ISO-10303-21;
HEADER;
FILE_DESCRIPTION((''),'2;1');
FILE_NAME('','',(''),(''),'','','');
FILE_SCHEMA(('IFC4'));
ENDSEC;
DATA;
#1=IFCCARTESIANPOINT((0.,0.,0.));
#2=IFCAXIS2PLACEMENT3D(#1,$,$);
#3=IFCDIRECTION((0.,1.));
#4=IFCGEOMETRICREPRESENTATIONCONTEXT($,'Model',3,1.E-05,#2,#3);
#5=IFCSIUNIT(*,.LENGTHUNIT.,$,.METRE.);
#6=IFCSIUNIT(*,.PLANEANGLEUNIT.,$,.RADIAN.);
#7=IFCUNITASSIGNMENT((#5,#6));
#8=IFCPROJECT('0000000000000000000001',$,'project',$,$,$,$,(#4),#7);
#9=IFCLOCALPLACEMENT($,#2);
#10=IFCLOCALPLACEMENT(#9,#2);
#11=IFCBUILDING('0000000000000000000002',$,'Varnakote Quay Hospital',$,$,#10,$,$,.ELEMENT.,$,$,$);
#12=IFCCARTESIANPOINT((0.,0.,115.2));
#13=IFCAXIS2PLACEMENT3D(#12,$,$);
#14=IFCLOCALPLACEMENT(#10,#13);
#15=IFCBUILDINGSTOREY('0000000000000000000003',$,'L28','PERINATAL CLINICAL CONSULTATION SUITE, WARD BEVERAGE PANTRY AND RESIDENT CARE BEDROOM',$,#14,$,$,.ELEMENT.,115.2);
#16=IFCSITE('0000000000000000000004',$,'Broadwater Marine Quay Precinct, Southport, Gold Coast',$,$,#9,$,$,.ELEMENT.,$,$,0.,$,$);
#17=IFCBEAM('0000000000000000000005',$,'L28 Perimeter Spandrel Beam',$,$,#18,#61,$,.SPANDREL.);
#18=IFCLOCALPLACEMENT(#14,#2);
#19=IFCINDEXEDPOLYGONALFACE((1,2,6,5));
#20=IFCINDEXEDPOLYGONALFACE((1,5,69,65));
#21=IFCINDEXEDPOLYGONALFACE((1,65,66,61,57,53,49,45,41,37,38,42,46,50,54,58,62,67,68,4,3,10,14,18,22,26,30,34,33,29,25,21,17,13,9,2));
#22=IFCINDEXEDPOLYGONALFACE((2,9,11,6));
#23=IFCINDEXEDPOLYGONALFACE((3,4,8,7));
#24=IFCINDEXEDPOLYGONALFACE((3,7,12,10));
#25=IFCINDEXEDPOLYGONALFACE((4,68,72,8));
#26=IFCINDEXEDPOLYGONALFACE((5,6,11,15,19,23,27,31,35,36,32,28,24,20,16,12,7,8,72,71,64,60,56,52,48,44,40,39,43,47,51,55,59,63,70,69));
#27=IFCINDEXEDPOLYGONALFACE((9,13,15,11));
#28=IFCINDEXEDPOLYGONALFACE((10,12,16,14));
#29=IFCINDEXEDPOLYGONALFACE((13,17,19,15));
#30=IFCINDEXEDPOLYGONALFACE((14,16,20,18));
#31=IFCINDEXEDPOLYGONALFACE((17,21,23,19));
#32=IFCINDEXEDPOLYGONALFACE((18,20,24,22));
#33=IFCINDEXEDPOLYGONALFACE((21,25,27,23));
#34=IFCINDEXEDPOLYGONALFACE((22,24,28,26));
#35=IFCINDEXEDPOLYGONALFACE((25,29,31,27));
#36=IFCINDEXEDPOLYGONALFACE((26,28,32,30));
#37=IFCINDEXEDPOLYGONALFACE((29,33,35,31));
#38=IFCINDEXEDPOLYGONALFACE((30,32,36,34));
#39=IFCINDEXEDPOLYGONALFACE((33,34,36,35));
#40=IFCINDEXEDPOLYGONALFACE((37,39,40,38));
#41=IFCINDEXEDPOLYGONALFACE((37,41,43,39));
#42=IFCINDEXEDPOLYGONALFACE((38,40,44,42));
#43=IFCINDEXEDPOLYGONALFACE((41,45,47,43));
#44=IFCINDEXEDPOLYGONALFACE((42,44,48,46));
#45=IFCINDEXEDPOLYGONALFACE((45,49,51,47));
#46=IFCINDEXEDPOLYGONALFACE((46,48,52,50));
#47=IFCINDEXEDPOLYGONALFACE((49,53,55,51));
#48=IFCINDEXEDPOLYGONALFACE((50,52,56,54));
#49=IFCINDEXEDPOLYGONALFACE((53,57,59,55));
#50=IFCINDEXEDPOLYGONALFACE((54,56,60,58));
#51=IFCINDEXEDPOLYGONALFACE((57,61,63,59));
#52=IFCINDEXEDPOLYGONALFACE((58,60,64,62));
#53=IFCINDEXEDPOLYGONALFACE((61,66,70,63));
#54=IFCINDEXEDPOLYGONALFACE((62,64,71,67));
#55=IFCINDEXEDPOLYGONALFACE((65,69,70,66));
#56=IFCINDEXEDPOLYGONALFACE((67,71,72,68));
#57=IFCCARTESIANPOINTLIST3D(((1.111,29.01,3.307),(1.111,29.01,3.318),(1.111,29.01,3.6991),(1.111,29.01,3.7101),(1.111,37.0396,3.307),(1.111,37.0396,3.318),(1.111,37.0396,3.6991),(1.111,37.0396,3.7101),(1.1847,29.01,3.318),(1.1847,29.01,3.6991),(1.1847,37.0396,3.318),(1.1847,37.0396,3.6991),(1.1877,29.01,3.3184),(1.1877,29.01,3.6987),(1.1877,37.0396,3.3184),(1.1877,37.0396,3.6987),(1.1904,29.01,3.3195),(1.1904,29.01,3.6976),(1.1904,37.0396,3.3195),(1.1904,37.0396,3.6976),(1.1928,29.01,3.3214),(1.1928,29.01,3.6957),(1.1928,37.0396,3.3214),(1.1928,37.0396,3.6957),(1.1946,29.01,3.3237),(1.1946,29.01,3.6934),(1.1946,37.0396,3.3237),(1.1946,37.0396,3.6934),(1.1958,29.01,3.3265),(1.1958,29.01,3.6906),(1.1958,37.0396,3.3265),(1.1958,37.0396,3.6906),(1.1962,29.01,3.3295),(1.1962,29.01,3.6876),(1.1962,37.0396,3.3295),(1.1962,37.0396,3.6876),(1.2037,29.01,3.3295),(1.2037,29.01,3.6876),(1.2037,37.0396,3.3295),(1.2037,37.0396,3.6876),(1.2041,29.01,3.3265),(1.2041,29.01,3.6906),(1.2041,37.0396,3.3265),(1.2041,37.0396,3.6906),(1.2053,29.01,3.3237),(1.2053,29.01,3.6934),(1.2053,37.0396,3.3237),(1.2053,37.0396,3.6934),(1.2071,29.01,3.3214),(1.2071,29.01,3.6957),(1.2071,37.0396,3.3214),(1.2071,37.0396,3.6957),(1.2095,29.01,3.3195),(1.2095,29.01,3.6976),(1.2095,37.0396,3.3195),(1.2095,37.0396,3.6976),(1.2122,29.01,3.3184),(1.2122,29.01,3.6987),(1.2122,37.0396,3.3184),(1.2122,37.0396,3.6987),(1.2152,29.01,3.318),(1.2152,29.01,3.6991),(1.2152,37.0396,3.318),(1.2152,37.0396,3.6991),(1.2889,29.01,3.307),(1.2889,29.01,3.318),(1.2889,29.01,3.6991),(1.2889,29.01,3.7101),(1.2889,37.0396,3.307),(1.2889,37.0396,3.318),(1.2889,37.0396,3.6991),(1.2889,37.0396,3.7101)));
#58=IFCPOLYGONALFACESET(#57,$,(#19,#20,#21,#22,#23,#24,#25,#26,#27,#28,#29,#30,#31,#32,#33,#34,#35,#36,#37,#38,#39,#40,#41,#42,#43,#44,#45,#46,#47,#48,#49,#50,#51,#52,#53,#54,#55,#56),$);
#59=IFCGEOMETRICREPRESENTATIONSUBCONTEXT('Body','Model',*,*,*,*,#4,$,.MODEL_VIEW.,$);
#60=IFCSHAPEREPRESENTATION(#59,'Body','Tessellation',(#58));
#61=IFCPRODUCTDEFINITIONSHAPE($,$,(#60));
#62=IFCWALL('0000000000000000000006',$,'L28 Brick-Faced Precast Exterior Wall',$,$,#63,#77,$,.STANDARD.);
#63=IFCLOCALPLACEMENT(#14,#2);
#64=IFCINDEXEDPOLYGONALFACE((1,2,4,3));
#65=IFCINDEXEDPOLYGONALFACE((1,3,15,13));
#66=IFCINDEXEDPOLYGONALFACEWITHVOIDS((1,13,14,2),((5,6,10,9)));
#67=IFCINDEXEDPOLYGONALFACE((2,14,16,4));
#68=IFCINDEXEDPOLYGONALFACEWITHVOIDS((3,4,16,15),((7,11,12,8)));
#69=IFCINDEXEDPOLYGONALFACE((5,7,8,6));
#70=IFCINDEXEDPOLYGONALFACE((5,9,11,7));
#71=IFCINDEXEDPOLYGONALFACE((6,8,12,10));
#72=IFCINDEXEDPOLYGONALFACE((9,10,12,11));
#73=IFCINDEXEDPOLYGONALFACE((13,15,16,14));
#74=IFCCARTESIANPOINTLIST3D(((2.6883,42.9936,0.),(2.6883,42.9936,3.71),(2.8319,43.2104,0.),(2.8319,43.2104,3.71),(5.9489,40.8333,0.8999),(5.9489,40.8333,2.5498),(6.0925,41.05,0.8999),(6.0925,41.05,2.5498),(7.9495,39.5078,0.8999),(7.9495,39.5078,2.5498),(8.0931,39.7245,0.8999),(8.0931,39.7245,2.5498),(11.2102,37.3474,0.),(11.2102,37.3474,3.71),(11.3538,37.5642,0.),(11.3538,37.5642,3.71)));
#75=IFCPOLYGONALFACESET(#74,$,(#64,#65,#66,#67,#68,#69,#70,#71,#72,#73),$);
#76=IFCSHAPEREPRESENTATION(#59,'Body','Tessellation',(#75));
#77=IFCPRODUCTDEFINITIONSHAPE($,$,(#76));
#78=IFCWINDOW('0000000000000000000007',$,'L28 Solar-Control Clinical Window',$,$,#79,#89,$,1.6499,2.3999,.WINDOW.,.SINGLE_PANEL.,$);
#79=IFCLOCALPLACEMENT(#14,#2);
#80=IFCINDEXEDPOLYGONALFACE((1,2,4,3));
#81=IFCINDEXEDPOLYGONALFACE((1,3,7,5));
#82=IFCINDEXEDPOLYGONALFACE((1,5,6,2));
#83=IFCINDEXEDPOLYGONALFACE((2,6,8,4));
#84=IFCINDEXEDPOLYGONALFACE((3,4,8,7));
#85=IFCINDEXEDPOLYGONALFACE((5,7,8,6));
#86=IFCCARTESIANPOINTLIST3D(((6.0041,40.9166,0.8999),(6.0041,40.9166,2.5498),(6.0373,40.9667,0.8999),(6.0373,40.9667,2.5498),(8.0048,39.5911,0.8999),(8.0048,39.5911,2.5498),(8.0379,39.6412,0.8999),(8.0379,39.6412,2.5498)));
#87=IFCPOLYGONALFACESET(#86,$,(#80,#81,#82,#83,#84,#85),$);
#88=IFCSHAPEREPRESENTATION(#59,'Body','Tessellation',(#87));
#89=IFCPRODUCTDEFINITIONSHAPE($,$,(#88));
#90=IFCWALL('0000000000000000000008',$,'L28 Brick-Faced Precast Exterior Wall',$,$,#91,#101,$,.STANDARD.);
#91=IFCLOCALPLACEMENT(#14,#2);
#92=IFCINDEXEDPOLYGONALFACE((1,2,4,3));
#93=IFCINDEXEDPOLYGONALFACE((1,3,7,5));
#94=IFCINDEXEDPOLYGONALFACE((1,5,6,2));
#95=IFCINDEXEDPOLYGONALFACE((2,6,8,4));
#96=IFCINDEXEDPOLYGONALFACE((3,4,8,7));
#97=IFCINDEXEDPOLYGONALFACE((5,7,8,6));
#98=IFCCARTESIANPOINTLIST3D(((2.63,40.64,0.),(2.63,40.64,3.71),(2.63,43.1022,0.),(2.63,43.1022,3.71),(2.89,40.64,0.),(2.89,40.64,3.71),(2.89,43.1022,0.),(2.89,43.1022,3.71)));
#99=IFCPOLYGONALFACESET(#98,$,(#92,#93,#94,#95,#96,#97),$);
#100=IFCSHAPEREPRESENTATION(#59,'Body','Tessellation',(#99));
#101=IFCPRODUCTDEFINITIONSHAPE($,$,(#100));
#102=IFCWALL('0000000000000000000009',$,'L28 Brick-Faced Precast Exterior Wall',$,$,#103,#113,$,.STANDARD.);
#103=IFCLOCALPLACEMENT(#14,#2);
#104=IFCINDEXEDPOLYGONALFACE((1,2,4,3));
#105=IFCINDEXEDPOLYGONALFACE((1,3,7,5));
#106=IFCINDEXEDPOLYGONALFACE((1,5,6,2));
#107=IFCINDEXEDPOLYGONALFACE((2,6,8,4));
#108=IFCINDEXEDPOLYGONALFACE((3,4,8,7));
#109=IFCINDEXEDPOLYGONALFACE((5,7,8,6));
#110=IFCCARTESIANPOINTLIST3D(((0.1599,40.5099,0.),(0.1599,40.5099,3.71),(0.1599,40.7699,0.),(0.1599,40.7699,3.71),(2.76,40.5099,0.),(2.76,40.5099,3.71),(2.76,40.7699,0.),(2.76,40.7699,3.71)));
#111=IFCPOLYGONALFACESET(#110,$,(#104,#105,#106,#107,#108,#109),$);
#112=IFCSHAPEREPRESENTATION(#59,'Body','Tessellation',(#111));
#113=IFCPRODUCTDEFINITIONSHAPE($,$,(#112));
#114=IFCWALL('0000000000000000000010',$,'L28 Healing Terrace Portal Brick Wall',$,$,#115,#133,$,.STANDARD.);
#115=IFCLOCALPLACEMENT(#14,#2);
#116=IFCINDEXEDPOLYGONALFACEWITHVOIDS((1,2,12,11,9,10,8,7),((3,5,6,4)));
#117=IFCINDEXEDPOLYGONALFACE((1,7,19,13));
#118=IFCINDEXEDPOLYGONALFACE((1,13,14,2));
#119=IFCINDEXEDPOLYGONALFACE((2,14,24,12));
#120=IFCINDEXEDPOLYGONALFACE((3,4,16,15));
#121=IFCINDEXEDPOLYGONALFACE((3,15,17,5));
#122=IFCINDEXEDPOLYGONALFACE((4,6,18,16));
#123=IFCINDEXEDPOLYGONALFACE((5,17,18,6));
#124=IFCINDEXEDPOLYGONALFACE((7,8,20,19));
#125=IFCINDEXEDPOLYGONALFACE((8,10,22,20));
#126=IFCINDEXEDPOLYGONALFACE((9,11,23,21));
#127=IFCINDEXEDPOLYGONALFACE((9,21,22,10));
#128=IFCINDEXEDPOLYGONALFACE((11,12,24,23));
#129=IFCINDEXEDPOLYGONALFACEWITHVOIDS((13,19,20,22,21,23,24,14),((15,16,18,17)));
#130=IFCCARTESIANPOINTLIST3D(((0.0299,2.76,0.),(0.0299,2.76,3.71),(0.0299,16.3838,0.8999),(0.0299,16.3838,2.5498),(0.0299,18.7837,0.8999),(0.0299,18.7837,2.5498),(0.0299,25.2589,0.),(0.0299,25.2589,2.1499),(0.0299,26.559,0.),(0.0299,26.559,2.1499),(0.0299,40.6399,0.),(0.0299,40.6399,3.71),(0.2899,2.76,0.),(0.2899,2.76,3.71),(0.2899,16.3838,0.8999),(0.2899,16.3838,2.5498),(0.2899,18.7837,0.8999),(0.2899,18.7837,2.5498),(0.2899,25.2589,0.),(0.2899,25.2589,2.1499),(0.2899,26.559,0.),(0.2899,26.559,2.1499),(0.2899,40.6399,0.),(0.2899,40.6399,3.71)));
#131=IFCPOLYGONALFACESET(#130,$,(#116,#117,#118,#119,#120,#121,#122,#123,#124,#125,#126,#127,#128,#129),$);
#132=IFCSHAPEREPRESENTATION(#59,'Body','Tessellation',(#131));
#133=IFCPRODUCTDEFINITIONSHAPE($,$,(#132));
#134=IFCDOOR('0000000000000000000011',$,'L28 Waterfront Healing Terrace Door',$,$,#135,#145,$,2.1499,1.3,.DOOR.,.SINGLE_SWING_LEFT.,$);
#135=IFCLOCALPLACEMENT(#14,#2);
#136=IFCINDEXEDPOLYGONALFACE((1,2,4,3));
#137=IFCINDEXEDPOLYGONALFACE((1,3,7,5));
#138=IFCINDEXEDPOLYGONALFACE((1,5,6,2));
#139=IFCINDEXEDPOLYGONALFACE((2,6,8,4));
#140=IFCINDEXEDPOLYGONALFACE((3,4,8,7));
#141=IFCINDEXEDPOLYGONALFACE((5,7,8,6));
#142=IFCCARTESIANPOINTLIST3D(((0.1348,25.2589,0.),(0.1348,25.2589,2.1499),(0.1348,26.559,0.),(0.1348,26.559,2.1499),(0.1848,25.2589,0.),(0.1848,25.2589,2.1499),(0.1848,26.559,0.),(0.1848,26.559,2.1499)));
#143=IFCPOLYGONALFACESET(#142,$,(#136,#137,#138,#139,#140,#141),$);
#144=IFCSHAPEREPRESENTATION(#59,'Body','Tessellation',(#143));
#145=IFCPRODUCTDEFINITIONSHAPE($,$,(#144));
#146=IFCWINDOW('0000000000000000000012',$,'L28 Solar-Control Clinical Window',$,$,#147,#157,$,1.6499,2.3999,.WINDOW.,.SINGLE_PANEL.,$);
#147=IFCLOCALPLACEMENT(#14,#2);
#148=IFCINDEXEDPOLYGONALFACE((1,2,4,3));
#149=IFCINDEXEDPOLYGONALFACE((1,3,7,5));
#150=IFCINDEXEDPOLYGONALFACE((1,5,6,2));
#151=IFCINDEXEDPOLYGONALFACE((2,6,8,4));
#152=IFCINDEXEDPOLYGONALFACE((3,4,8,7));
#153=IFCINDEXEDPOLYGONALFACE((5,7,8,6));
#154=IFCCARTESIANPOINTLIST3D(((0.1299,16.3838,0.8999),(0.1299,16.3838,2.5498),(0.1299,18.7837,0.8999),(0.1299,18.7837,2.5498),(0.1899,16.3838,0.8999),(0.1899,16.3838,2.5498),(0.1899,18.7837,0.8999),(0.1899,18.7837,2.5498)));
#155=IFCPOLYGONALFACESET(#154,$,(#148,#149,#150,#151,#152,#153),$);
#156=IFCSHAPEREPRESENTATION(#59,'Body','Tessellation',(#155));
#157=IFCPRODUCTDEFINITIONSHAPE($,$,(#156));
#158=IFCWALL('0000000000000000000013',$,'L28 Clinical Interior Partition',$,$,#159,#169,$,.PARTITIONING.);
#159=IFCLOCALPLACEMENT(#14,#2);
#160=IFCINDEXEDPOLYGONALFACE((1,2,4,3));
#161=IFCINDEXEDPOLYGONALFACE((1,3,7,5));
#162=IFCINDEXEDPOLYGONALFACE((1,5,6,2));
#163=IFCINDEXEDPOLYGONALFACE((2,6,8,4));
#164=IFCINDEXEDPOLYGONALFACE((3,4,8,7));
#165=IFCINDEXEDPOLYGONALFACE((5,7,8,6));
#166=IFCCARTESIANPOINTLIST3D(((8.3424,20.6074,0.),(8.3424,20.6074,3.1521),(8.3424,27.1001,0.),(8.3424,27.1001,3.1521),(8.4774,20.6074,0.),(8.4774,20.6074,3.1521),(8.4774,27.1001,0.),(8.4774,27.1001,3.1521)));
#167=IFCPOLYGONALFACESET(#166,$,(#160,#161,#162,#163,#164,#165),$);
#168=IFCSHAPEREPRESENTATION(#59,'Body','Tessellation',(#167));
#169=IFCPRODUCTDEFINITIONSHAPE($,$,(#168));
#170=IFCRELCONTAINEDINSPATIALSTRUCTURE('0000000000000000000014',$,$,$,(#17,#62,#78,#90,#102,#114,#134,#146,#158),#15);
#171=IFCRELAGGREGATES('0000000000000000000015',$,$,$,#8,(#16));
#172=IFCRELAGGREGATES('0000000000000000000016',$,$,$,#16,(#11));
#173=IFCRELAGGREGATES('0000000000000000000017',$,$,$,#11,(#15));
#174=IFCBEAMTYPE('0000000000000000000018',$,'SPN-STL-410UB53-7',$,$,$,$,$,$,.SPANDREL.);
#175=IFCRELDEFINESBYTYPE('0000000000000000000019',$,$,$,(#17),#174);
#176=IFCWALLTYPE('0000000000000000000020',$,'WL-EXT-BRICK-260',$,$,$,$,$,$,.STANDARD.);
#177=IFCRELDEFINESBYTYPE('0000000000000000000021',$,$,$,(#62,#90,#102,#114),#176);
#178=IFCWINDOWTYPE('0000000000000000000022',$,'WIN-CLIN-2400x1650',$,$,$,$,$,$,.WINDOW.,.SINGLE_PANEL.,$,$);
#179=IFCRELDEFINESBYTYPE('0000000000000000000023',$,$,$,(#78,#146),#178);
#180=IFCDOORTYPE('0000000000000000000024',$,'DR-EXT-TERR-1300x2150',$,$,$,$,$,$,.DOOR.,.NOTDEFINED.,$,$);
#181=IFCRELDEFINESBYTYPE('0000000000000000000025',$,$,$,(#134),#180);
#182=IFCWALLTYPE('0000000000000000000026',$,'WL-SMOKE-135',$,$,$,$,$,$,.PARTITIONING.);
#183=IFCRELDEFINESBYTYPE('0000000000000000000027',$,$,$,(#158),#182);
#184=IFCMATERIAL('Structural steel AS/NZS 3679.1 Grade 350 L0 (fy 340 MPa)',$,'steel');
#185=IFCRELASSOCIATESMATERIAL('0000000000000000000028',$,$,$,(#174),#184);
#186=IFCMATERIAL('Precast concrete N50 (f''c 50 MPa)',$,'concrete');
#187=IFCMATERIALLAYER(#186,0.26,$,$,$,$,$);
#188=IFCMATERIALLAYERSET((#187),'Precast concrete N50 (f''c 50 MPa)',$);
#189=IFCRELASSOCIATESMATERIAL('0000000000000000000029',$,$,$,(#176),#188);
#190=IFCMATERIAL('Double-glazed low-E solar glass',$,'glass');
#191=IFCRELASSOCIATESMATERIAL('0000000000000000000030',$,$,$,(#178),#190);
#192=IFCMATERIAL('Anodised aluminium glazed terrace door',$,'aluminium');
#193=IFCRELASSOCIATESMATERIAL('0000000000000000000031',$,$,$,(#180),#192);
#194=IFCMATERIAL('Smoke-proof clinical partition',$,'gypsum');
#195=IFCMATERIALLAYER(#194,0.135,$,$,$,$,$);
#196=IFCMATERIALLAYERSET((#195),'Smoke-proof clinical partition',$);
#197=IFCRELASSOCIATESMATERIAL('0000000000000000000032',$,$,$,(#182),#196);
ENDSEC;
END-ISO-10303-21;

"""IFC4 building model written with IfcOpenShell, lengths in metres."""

from ifc_helpers import new_model, si_unit, direction, frame, frame_2d, origin, origin_2d, place, context, subcontext, project, spatial, rectangle, i_section, extrude, material, layer, layer_set, material_profile, profile_set, type_object, element, fill, save


model = new_model("IFC4")

# Units and contexts
model_context = context("Model", 3, precision=1e-05, world=origin(), true_north=direction((0.0, 1.0)))
body_context = subcontext(model_context, "Body", "Model", "MODEL_VIEW")
ifc_project = project(units=[si_unit("LENGTHUNIT", "METRE"), si_unit("PLANEANGLEUNIT", "RADIAN")], contexts=[model_context])

# Site, building, storey
site_placement = place(None, origin())
site = spatial("IfcSite", under=ifc_project, at=site_placement, Name="Broadwater Marine Quay Precinct, Southport, Gold Coast", CompositionType="ELEMENT", RefElevation=0.0)
building_placement = place(site_placement, origin())
building = spatial("IfcBuilding", under=site, at=building_placement, Name="Varnakote Quay Hospital", CompositionType="ELEMENT")
storey_placement = place(building_placement, frame((0.0, 0.0, 115.2)))
storey = spatial("IfcBuildingStorey", under=building, at=storey_placement, Name="L28", Description="PERINATAL CLINICAL CONSULTATION SUITE, WARD BEVERAGE PANTRY AND RESIDENT CARE BEDROOM", CompositionType="ELEMENT", Elevation=115.2)

# Beam
ifc_material_1 = material(Name="Structural steel AS/NZS 3679.1 Grade 350 L0 (fy 340 MPa)", Category="steel")
ifc_material_profile_1 = material_profile(ifc_material_1, i_section(OverallWidth=0.178, OverallDepth=0.4031, WebThickness=0.0076, FlangeThickness=0.011, FilletRadius=0.0115, at=origin_2d()), Name="410UB53.7")
ifc_profile_set_1 = profile_set([ifc_material_profile_1], Name="Structural steel AS/NZS 3679.1 Grade 350 L0 (fy 340 MPa)")
beam_type_1 = type_object("IfcBeamType", Name="SPN-STL-410UB53-7", PredefinedType="SPANDREL", material=ifc_profile_set_1)
beam_1_placement = place(storey_placement, frame((1.2, 29.01, 3.5085), z_axis=(0.0, 1.0, 0.0), x_axis=(-1.0, 0.0, 0.0)))
element("IfcBeam", 1, at=beam_1_placement, inside=storey, type_object=beam_type_1, Name="L28 Perimeter Spandrel Beam", PredefinedType="SPANDREL", context=body_context, shape_type="SweptSolid", body=[
    extrude(i_section(OverallWidth=0.178, OverallDepth=0.4031, WebThickness=0.0076, FlangeThickness=0.011, FilletRadius=0.0115, at=origin_2d()), origin(), (0.0, 0.0, 1.0), 8.0295),
])

# Wall, opening, window
ifc_material_2 = material(Name="Precast concrete N50 (f'c 50 MPa)", Category="concrete")
ifc_layer_1 = layer(ifc_material_2, 0.26)
ifc_layer_set_1 = layer_set([ifc_layer_1], Name="Precast concrete N50 (f'c 50 MPa)")
wall_type_1 = type_object("IfcWallType", Name="WL-EXT-BRICK-260", PredefinedType="STANDARD", material=ifc_layer_set_1)
wall_1_placement = place(storey_placement, frame((11.282, 37.4558, 0.0), z_axis=(0.0, 0.0, 1.0), x_axis=(-0.83363, 0.552323, 0.0)))
wall_1 = element("IfcWall", 2, at=wall_1_placement, inside=storey, type_object=wall_type_1, Name="L28 Brick-Faced Precast Exterior Wall", PredefinedType="STANDARD", context=body_context, shape_type="SweptSolid", body=[
    extrude(rectangle(XDim=10.2227, YDim=0.26, at=frame_2d((5.1113, 0.0))), origin(), (0.0, 0.0, 1.0), 3.71),
])
opening_1_placement = place(wall_1_placement, frame((3.9114, 0.0, 0.8999)))
opening_1 = element("IfcOpeningElement", 3, at=opening_1_placement, cuts=wall_1, PredefinedType="OPENING", context=body_context, shape_type="SweptSolid", body=[
    extrude(rectangle(XDim=2.3999, YDim=1.6499, at=frame_2d((1.2, 0.825))), frame((0.0, 0.1399, 0.0), z_axis=(0.0, -1.0, 0.0), x_axis=(1.0, 0.0, 0.0)), (0.0, 0.0, 1.0), 0.28),
])
ifc_material_3 = material(Name="Double-glazed low-E solar glass", Category="glass")
window_type = type_object("IfcWindowType", Name="WIN-CLIN-2400x1650", PartitioningType="SINGLE_PANEL", PredefinedType="WINDOW", material=ifc_material_3)
window_1_placement = place(opening_1_placement, origin())
window_1 = element("IfcWindow", 4, at=window_1_placement, inside=storey, type_object=window_type, Name="L28 Solar-Control Clinical Window", OverallHeight=1.6499, OverallWidth=2.3999, PartitioningType="SINGLE_PANEL", PredefinedType="WINDOW", context=body_context, shape_type="SweptSolid", body=[
    extrude(rectangle(XDim=2.3999, YDim=1.6499, at=frame_2d((1.2, 0.825))), frame((0.0, 0.03, 0.0), z_axis=(0.0, -1.0, 0.0), x_axis=(1.0, 0.0, 0.0)), (0.0, 0.0, 1.0), 0.0601),
])
fill(opening_1, window_1)

# Walls
wall_2_placement = place(storey_placement, frame((2.76, 43.1021, 0.0), z_axis=(0.0, 0.0, 1.0), x_axis=(0.0, -1.0, 0.0)))
element("IfcWall", 5, at=wall_2_placement, inside=storey, type_object=wall_type_1, Name="L28 Brick-Faced Precast Exterior Wall", PredefinedType="STANDARD", context=body_context, shape_type="SweptSolid", body=[
    extrude(rectangle(XDim=2.4622, YDim=0.26, at=frame_2d((1.231, 0.0))), origin(), (0.0, 0.0, 1.0), 3.71),
])
wall_3_placement = place(storey_placement, frame((2.76, 40.6399, 0.0), z_axis=(0.0, 0.0, 1.0), x_axis=(-1.0, 0.0, 0.0)))
element("IfcWall", 6, at=wall_3_placement, inside=storey, type_object=wall_type_1, Name="L28 Brick-Faced Precast Exterior Wall", PredefinedType="STANDARD", context=body_context, shape_type="SweptSolid", body=[
    extrude(rectangle(XDim=2.6001, YDim=0.26, at=frame_2d((1.3, 0.0))), origin(), (0.0, 0.0, 1.0), 3.71),
])

# Wall, openings, door, window
wall_4_placement = place(storey_placement, frame((0.1599, 40.6399, 0.0), z_axis=(0.0, 0.0, 1.0), x_axis=(0.0, -1.0, 0.0)))
wall_4 = element("IfcWall", 7, at=wall_4_placement, inside=storey, type_object=wall_type_1, Name="L28 Healing Terrace Portal Brick Wall", PredefinedType="STANDARD", context=body_context, shape_type="SweptSolid", body=[
    extrude(rectangle(XDim=37.8799, YDim=0.26, at=frame_2d((18.9399, 0.0))), origin(), (0.0, 0.0, 1.0), 3.71),
])
opening_2_placement = place(wall_4_placement, frame((14.0811, 0.0, 0.0)))
opening_2 = element("IfcOpeningElement", 8, at=opening_2_placement, cuts=wall_4, PredefinedType="OPENING", context=body_context, shape_type="SweptSolid", body=[
    extrude(rectangle(XDim=1.3, YDim=2.1499, at=frame_2d((0.6499, 1.075))), frame((0.0, 0.1399, 0.0), z_axis=(0.0, -1.0, 0.0), x_axis=(1.0, 0.0, 0.0)), (0.0, 0.0, 1.0), 0.28),
])
opening_3_placement = place(wall_4_placement, frame((21.8562, 0.0, 0.8999)))
opening_3 = element("IfcOpeningElement", 9, at=opening_3_placement, cuts=wall_4, PredefinedType="OPENING", context=body_context, shape_type="SweptSolid", body=[
    extrude(rectangle(XDim=2.3999, YDim=1.6499, at=frame_2d((1.2, 0.825))), frame((0.0, 0.1399, 0.0), z_axis=(0.0, -1.0, 0.0), x_axis=(1.0, 0.0, 0.0)), (0.0, 0.0, 1.0), 0.28),
])
ifc_material_4 = material(Name="Anodised aluminium glazed terrace door", Category="aluminium")
door_type_1 = type_object("IfcDoorType", Name="DR-EXT-TERR-1300x2150", OperationType="NOTDEFINED", PredefinedType="DOOR", material=ifc_material_4)
door_1_placement = place(opening_2_placement, origin())
door_1 = element("IfcDoor", 10, at=door_1_placement, inside=storey, type_object=door_type_1, Name="L28 Waterfront Healing Terrace Door", OperationType="SINGLE_SWING_LEFT", OverallHeight=2.1499, OverallWidth=1.3, PredefinedType="DOOR", context=body_context, shape_type="SweptSolid", body=[
    extrude(rectangle(XDim=1.3, YDim=2.1499, at=frame_2d((0.6499, 1.075))), frame((0.0, 0.0249, 0.0), z_axis=(0.0, -1.0, 0.0), x_axis=(1.0, 0.0, 0.0)), (0.0, 0.0, 1.0), 0.05),
])
fill(opening_2, door_1)
window_2_placement = place(opening_3_placement, origin())
window_2 = element("IfcWindow", 11, at=window_2_placement, inside=storey, type_object=window_type, Name="L28 Solar-Control Clinical Window", OverallHeight=1.6499, OverallWidth=2.3999, PartitioningType="SINGLE_PANEL", PredefinedType="WINDOW", context=body_context, shape_type="SweptSolid", body=[
    extrude(rectangle(XDim=2.3999, YDim=1.6499, at=frame_2d((1.2, 0.825))), frame((0.0, 0.03, 0.0), z_axis=(0.0, -1.0, 0.0), x_axis=(1.0, 0.0, 0.0)), (0.0, 0.0, 1.0), 0.0601),
])
fill(opening_3, window_2)

# Wall
ifc_material_5 = material(Name="Smoke-proof clinical partition", Category="gypsum")
ifc_layer_2 = layer(ifc_material_5, 0.135)
ifc_layer_set_2 = layer_set([ifc_layer_2], Name="Smoke-proof clinical partition")
wall_type_2 = type_object("IfcWallType", Name="WL-SMOKE-135", PredefinedType="PARTITIONING", material=ifc_layer_set_2)
wall_5_placement = place(storey_placement, frame((8.4099, 20.6074, 0.0), z_axis=(0.0, 0.0, 1.0), x_axis=(0.0, 1.0, 0.0)))
element("IfcWall", 12, at=wall_5_placement, inside=storey, type_object=wall_type_2, Name="L28 Clinical Interior Partition", PredefinedType="PARTITIONING", context=body_context, shape_type="SweptSolid", body=[
    extrude(rectangle(XDim=6.4927, YDim=0.135, at=frame_2d((3.2463, 0.0))), origin(), (0.0, 0.0, 1.0), 3.1521),
])

save(model, "model.ifc")
